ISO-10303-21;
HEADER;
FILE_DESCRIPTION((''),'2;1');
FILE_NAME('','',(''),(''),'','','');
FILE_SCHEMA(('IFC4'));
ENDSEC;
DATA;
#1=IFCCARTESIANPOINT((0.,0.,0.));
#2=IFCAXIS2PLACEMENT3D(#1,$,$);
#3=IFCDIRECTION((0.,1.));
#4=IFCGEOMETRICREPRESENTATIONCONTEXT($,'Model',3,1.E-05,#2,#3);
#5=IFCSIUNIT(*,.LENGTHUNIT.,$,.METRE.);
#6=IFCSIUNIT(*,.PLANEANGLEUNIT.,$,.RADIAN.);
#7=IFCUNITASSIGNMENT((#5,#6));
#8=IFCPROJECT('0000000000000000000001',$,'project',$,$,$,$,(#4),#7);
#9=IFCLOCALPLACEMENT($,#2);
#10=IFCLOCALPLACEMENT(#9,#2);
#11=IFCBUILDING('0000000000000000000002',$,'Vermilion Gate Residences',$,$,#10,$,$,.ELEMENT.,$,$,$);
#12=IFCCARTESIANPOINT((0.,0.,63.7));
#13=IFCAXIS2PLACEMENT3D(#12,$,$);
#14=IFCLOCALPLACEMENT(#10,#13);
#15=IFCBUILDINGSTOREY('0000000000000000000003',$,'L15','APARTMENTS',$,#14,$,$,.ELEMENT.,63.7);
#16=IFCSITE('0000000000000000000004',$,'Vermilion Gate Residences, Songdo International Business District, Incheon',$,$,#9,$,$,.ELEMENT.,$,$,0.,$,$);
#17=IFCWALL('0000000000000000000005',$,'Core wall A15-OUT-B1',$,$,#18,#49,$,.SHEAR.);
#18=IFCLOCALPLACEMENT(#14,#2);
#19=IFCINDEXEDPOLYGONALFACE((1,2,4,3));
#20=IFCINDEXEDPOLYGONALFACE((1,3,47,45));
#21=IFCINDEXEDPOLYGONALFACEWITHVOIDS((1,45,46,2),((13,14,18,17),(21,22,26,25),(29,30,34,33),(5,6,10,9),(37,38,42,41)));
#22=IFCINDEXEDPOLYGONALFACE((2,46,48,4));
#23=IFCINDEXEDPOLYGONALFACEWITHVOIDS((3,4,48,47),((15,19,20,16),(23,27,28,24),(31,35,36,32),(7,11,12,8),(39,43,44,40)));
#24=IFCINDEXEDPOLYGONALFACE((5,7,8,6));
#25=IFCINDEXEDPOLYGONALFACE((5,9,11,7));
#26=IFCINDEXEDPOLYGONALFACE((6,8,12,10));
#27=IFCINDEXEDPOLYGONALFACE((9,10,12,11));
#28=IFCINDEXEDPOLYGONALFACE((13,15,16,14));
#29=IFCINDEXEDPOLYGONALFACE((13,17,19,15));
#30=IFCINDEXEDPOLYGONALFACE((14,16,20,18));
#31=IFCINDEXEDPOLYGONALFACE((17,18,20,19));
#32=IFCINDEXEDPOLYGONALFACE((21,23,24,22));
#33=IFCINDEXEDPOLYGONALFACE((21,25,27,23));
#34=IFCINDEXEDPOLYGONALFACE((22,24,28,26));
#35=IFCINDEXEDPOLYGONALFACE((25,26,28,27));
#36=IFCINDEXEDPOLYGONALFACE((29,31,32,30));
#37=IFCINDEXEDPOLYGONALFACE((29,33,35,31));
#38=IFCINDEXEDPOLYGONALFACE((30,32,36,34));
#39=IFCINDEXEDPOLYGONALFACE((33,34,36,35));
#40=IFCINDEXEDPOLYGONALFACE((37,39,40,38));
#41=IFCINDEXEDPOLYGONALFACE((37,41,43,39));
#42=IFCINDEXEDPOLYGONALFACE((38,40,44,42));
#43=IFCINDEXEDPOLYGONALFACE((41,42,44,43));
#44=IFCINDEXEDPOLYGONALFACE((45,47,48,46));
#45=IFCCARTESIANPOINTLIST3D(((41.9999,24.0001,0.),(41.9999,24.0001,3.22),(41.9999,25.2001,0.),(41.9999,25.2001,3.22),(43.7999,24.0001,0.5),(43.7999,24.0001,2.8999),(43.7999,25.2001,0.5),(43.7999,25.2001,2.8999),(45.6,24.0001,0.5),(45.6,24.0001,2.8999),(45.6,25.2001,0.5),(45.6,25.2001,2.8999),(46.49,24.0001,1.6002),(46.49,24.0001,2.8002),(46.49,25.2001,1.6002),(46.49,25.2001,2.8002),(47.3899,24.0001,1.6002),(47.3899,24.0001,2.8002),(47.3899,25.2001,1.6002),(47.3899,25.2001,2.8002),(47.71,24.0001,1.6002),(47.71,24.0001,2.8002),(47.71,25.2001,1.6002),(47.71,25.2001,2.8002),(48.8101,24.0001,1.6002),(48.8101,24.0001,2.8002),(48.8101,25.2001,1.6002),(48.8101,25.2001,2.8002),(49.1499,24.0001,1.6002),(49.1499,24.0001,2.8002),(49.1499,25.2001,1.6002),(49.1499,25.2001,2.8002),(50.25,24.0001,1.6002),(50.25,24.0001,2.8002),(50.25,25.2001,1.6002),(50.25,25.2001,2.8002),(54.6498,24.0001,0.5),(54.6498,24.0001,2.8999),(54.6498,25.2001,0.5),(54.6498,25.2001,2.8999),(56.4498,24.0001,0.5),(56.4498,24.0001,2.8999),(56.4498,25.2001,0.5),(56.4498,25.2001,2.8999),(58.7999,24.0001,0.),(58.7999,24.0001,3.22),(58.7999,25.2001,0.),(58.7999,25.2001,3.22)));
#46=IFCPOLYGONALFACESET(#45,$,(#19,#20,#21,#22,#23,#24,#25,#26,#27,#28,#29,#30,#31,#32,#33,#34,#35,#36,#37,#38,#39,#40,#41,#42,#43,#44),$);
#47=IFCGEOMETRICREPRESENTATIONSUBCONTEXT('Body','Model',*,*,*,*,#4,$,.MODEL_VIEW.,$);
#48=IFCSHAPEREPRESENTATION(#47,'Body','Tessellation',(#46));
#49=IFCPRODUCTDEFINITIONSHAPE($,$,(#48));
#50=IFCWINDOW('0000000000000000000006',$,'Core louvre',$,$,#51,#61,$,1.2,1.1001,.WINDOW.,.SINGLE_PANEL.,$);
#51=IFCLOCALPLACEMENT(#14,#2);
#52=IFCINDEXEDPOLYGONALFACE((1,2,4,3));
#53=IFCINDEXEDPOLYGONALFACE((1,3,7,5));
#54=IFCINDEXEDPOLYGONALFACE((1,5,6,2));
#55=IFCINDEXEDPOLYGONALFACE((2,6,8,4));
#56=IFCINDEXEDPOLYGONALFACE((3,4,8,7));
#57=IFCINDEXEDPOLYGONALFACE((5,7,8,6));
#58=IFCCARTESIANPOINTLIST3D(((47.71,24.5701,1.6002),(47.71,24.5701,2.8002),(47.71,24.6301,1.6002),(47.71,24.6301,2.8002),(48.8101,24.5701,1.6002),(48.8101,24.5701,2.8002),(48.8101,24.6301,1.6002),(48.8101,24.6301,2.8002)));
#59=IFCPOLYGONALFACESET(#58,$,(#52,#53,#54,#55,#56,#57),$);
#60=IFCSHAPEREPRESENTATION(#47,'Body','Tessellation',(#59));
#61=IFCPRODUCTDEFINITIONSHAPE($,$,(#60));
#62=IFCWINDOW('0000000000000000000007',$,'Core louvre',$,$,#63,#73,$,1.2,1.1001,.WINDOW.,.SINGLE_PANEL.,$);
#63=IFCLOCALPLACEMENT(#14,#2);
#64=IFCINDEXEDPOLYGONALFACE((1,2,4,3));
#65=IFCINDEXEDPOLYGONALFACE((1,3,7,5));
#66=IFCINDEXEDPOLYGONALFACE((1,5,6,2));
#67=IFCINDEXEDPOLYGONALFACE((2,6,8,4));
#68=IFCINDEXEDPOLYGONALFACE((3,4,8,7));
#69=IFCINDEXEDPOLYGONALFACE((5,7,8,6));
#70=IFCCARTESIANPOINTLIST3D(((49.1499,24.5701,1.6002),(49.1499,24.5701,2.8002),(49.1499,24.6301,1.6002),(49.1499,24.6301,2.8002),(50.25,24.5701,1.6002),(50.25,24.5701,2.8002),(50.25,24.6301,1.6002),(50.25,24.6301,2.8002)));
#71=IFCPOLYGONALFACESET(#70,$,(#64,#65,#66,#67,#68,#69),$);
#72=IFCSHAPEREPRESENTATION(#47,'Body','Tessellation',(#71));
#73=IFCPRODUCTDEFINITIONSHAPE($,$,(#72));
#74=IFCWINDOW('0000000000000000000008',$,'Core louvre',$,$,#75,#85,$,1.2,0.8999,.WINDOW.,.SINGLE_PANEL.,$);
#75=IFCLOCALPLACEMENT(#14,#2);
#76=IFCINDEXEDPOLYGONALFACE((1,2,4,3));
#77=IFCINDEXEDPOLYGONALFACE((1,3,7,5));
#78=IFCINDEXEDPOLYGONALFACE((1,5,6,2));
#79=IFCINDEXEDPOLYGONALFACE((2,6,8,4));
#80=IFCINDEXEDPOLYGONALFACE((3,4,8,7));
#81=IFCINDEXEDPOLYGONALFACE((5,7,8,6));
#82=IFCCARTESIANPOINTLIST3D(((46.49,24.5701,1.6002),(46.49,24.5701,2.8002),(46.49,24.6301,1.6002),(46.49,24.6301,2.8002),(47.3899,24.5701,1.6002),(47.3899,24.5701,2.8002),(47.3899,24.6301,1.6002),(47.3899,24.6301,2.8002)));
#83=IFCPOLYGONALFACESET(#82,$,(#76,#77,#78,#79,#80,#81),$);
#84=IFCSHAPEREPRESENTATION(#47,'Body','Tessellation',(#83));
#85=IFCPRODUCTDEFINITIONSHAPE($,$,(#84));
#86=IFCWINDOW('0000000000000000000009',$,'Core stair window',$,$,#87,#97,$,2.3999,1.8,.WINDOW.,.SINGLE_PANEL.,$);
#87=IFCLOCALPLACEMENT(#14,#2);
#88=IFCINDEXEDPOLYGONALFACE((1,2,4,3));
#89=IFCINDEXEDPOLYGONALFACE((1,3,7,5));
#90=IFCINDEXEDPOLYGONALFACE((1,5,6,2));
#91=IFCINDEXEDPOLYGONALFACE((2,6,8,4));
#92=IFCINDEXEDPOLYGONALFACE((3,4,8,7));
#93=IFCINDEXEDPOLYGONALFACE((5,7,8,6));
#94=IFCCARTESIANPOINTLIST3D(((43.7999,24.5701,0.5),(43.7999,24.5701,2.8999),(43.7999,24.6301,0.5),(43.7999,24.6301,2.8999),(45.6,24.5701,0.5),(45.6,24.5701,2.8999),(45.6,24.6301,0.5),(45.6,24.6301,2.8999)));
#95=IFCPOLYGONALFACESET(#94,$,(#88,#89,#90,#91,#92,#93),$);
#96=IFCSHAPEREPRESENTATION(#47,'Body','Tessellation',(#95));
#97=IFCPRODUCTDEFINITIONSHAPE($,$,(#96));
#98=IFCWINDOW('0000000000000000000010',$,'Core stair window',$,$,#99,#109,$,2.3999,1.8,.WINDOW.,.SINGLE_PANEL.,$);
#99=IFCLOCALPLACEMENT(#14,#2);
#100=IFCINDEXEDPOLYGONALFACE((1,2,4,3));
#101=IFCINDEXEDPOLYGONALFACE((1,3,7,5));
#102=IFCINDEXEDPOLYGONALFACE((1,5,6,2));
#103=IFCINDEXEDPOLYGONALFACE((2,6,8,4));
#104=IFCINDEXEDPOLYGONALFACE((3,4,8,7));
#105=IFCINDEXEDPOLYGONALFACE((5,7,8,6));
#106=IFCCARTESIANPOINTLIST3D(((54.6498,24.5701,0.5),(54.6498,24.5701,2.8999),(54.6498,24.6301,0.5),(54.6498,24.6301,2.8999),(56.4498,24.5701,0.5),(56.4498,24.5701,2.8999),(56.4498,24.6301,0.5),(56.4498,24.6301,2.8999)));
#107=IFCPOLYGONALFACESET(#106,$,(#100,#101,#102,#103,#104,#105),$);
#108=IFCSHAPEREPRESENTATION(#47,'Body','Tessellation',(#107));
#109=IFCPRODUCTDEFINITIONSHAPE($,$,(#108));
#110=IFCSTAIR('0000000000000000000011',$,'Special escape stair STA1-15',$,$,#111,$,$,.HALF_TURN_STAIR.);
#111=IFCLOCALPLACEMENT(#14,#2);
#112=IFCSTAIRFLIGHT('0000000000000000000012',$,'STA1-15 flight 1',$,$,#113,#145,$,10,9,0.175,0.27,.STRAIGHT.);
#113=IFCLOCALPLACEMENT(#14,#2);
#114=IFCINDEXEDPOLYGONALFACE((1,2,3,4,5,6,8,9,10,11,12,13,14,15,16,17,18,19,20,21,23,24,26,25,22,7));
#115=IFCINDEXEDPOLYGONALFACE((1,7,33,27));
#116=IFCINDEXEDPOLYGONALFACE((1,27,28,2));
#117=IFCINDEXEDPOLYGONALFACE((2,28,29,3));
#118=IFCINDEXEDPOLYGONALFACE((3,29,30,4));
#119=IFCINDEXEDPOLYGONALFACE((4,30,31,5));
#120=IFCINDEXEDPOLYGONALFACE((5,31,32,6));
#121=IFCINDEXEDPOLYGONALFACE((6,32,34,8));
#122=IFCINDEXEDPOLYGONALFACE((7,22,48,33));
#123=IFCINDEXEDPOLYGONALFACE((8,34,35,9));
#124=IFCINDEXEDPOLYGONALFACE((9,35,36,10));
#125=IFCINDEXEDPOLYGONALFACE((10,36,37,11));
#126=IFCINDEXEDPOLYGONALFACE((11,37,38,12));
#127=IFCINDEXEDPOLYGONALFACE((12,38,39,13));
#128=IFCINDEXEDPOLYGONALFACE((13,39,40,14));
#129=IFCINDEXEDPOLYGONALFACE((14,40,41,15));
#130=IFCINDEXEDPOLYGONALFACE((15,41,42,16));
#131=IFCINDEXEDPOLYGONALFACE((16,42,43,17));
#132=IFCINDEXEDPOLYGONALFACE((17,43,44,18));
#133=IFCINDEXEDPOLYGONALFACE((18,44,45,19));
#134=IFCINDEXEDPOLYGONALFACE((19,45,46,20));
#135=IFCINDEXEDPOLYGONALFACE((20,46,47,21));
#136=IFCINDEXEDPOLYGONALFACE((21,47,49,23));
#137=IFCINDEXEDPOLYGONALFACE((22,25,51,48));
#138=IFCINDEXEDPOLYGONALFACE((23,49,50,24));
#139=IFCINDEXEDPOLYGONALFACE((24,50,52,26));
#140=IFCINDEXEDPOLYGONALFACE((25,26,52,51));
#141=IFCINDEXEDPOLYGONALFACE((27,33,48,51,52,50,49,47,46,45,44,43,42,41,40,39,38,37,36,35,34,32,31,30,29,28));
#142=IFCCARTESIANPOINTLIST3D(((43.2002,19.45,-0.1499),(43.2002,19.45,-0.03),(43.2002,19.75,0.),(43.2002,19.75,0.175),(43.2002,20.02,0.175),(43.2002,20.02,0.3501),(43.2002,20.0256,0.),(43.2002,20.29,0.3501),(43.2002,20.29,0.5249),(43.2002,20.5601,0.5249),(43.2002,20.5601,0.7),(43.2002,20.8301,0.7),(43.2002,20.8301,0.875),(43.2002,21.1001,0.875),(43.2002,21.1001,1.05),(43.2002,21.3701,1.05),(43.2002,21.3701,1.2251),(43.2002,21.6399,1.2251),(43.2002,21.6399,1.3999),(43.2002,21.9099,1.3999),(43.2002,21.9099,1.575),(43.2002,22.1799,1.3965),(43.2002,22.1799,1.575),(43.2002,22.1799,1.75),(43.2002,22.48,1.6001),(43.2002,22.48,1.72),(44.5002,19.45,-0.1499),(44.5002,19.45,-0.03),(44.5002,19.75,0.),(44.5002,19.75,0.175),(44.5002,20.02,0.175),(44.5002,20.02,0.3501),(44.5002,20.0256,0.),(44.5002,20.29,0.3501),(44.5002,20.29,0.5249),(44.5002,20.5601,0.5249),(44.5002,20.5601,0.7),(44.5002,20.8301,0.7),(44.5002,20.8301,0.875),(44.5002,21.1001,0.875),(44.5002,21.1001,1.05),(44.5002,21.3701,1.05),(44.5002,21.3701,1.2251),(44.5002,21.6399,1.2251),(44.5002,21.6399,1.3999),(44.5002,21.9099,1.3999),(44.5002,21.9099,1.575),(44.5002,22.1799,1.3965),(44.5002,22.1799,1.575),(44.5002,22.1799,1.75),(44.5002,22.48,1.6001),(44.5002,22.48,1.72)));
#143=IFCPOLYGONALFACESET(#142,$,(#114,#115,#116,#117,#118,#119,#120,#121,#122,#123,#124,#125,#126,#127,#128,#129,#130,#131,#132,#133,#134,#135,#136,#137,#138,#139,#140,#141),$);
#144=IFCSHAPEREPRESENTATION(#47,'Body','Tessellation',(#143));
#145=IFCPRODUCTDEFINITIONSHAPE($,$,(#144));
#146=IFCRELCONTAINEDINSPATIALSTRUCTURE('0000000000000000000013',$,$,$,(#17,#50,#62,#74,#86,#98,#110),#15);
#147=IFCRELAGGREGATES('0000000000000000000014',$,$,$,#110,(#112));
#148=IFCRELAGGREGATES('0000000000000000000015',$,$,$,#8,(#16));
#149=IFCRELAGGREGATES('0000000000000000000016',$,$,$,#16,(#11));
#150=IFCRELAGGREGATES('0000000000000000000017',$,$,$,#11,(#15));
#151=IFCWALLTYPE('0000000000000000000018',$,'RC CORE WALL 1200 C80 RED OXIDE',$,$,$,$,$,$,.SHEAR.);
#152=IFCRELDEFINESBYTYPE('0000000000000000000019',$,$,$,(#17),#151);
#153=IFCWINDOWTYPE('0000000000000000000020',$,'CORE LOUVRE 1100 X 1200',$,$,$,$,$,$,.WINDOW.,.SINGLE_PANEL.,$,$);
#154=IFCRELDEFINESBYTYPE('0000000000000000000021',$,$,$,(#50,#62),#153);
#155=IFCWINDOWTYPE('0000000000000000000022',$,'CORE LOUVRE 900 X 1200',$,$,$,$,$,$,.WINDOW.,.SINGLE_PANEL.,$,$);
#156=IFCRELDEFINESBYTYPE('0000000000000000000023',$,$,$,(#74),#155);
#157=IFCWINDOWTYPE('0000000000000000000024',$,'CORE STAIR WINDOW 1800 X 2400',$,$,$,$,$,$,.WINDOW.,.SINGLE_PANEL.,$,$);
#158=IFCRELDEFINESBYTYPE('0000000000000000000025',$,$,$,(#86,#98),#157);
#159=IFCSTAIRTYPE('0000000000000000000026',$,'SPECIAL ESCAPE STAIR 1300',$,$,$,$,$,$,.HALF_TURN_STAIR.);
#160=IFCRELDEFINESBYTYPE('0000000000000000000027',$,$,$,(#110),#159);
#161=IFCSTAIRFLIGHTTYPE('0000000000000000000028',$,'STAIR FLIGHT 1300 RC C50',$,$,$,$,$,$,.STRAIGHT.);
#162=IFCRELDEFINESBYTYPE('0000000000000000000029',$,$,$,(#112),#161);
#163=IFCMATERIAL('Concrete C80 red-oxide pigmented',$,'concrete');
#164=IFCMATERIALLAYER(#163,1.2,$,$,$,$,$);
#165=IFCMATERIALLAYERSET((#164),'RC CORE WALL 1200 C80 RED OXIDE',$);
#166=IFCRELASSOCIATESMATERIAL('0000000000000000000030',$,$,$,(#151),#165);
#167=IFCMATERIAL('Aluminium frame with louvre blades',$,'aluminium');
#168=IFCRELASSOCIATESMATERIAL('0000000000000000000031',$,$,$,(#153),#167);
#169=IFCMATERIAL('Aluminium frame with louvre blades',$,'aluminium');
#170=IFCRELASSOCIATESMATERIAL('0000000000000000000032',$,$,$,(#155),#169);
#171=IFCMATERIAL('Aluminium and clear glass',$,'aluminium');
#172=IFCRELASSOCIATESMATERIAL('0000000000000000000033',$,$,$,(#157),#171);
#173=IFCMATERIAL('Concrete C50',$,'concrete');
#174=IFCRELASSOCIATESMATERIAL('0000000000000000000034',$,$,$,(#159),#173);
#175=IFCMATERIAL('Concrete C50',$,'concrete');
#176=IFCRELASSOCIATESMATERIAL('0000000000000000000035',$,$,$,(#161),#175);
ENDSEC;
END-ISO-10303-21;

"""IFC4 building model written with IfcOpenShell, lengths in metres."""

from ifc_helpers import new_model, si_unit, direction, frame, frame_2d, origin, place, context, subcontext, project, spatial, polyline, rectangle, outline, extrude, material, layer, layer_set, type_object, element, fill, aggregate, save


model = new_model("IFC4")

# Units and contexts
model_context = context("Model", 3, precision=1e-05, world=origin(), true_north=direction((0.0, 1.0)))
body_context = subcontext(model_context, "Body", "Model", "MODEL_VIEW")
ifc_project = project(units=[si_unit("LENGTHUNIT", "METRE"), si_unit("PLANEANGLEUNIT", "RADIAN")], contexts=[model_context])

# Site, building, storey
site_placement = place(None, origin())
site = spatial("IfcSite", under=ifc_project, at=site_placement, Name="Vermilion Gate Residences, Songdo International Business District, Incheon", CompositionType="ELEMENT", RefElevation=0.0)
building_placement = place(site_placement, origin())
building = spatial("IfcBuilding", under=site, at=building_placement, Name="Vermilion Gate Residences", CompositionType="ELEMENT")
storey_placement = place(building_placement, frame((0.0, 0.0, 63.7)))
storey = spatial("IfcBuildingStorey", under=building, at=storey_placement, Name="L15", Description="APARTMENTS", CompositionType="ELEMENT", Elevation=63.7)

# Wall, openings, windows
ifc_material_1 = material(Name="Concrete C80 red-oxide pigmented", Category="concrete")
ifc_layer_1 = layer(ifc_material_1, 1.2)
ifc_layer_set_1 = layer_set([ifc_layer_1], Name="RC CORE WALL 1200 C80 RED OXIDE")
wall_type_1 = type_object("IfcWallType", Name="RC CORE WALL 1200 C80 RED OXIDE", PredefinedType="SHEAR", material=ifc_layer_set_1)
wall_1_placement = place(storey_placement, frame((42.0, 24.6001, 0.0), z_axis=(0.0, 0.0, 1.0), x_axis=(1.0, 0.0, 0.0)))
wall_1 = element("IfcWall", 1, at=wall_1_placement, inside=storey, type_object=wall_type_1, Name="Core wall A15-OUT-B1", PredefinedType="SHEAR", context=body_context, shape_type="SweptSolid", body=[
    extrude(rectangle(XDim=16.8, YDim=1.2, at=frame_2d((8.3999, 0.0))), origin(), (0.0, 0.0, 1.0), 3.22),
])
opening_1_placement = place(wall_1_placement, frame((1.8, 0.0, 0.5)))
opening_1 = element("IfcOpeningElement", 2, at=opening_1_placement, cuts=wall_1, PredefinedType="OPENING", context=body_context, shape_type="SweptSolid", body=[
    extrude(rectangle(XDim=1.8, YDim=2.3999, at=frame_2d((0.8999, 1.2))), frame((0.0, 0.6099, 0.0), z_axis=(0.0, -1.0, 0.0), x_axis=(1.0, 0.0, 0.0)), (0.0, 0.0, 1.0), 1.22),
])
opening_2_placement = place(wall_1_placement, frame((4.49, 0.0, 1.6001)))
opening_2 = element("IfcOpeningElement", 3, at=opening_2_placement, cuts=wall_1, PredefinedType="OPENING", context=body_context, shape_type="SweptSolid", body=[
    extrude(rectangle(XDim=0.8999, YDim=1.2, at=frame_2d((0.45, 0.6001))), frame((0.0, 0.6099, 0.0), z_axis=(0.0, -1.0, 0.0), x_axis=(1.0, 0.0, 0.0)), (0.0, 0.0, 1.0), 1.22),
])
opening_3_placement = place(wall_1_placement, frame((5.71, 0.0, 1.6001)))
opening_3 = element("IfcOpeningElement", 4, at=opening_3_placement, cuts=wall_1, PredefinedType="OPENING", context=body_context, shape_type="SweptSolid", body=[
    extrude(rectangle(XDim=1.1001, YDim=1.2, at=frame_2d((0.55, 0.6001))), frame((0.0, 0.6099, 0.0), z_axis=(0.0, -1.0, 0.0), x_axis=(1.0, 0.0, 0.0)), (0.0, 0.0, 1.0), 1.22),
])
opening_4_placement = place(wall_1_placement, frame((7.1499, 0.0, 1.6001)))
opening_4 = element("IfcOpeningElement", 5, at=opening_4_placement, cuts=wall_1, PredefinedType="OPENING", context=body_context, shape_type="SweptSolid", body=[
    extrude(rectangle(XDim=1.1001, YDim=1.2, at=frame_2d((0.55, 0.6001))), frame((0.0, 0.6099, 0.0), z_axis=(0.0, -1.0, 0.0), x_axis=(1.0, 0.0, 0.0)), (0.0, 0.0, 1.0), 1.22),
])
opening_5_placement = place(wall_1_placement, frame((12.6499, 0.0, 0.5)))
opening_5 = element("IfcOpeningElement", 6, at=opening_5_placement, cuts=wall_1, PredefinedType="OPENING", context=body_context, shape_type="SweptSolid", body=[
    extrude(rectangle(XDim=1.8, YDim=2.3999, at=frame_2d((0.8999, 1.2))), frame((0.0, 0.6099, 0.0), z_axis=(0.0, -1.0, 0.0), x_axis=(1.0, 0.0, 0.0)), (0.0, 0.0, 1.0), 1.22),
])
ifc_material_2 = material(Name="Aluminium frame with louvre blades", Category="aluminium")
window_type_1 = type_object("IfcWindowType", Name="CORE LOUVRE 1100 X 1200", PartitioningType="SINGLE_PANEL", PredefinedType="WINDOW", material=ifc_material_2)
window_1_placement = place(opening_3_placement, origin())
window_1 = element("IfcWindow", 7, at=window_1_placement, inside=storey, type_object=window_type_1, Name="Core louvre", OverallHeight=1.2, OverallWidth=1.1001, PartitioningType="SINGLE_PANEL", PredefinedType="WINDOW", context=body_context, shape_type="SweptSolid", body=[
    extrude(rectangle(XDim=1.1001, YDim=1.2, at=frame_2d((0.55, 0.6001))), frame((0.0, 0.03, 0.0), z_axis=(0.0, -1.0, 0.0), x_axis=(1.0, 0.0, 0.0)), (0.0, 0.0, 1.0), 0.0601),
])
fill(opening_3, window_1)
window_2_placement = place(opening_4_placement, origin())
window_2 = element("IfcWindow", 8, at=window_2_placement, inside=storey, type_object=window_type_1, Name="Core louvre", OverallHeight=1.2, OverallWidth=1.1001, PartitioningType="SINGLE_PANEL", PredefinedType="WINDOW", context=body_context, shape_type="SweptSolid", body=[
    extrude(rectangle(XDim=1.1001, YDim=1.2, at=frame_2d((0.55, 0.6001))), frame((0.0, 0.03, 0.0), z_axis=(0.0, -1.0, 0.0), x_axis=(1.0, 0.0, 0.0)), (0.0, 0.0, 1.0), 0.0601),
])
fill(opening_4, window_2)
ifc_material_3 = material(Name="Aluminium frame with louvre blades", Category="aluminium")
window_type_2 = type_object("IfcWindowType", Name="CORE LOUVRE 900 X 1200", PartitioningType="SINGLE_PANEL", PredefinedType="WINDOW", material=ifc_material_3)
window_3_placement = place(opening_2_placement, origin())
window_3 = element("IfcWindow", 9, at=window_3_placement, inside=storey, type_object=window_type_2, Name="Core louvre", OverallHeight=1.2, OverallWidth=0.8999, PartitioningType="SINGLE_PANEL", PredefinedType="WINDOW", context=body_context, shape_type="SweptSolid", body=[
    extrude(rectangle(XDim=0.8999, YDim=1.2, at=frame_2d((0.45, 0.6001))), frame((0.0, 0.03, 0.0), z_axis=(0.0, -1.0, 0.0), x_axis=(1.0, 0.0, 0.0)), (0.0, 0.0, 1.0), 0.0601),
])
fill(opening_2, window_3)
ifc_material_4 = material(Name="Aluminium and clear glass", Category="aluminium")
window_type_3 = type_object("IfcWindowType", Name="CORE STAIR WINDOW 1800 X 2400", PartitioningType="SINGLE_PANEL", PredefinedType="WINDOW", material=ifc_material_4)
window_4_placement = place(opening_1_placement, origin())
window_4 = element("IfcWindow", 10, at=window_4_placement, inside=storey, type_object=window_type_3, Name="Core stair window", OverallHeight=2.3999, OverallWidth=1.8, PartitioningType="SINGLE_PANEL", PredefinedType="WINDOW", context=body_context, shape_type="SweptSolid", body=[
    extrude(rectangle(XDim=1.8, YDim=2.3999, at=frame_2d((0.8999, 1.2))), frame((0.0, 0.03, 0.0), z_axis=(0.0, -1.0, 0.0), x_axis=(1.0, 0.0, 0.0)), (0.0, 0.0, 1.0), 0.0601),
])
fill(opening_1, window_4)
window_5_placement = place(opening_5_placement, origin())
window_5 = element("IfcWindow", 11, at=window_5_placement, inside=storey, type_object=window_type_3, Name="Core stair window", OverallHeight=2.3999, OverallWidth=1.8, PartitioningType="SINGLE_PANEL", PredefinedType="WINDOW", context=body_context, shape_type="SweptSolid", body=[
    extrude(rectangle(XDim=1.8, YDim=2.3999, at=frame_2d((0.8999, 1.2))), frame((0.0, 0.03, 0.0), z_axis=(0.0, -1.0, 0.0), x_axis=(1.0, 0.0, 0.0)), (0.0, 0.0, 1.0), 0.0601),
])
fill(opening_5, window_5)

# Stair, stair flight
ifc_material_5 = material(Name="Concrete C50", Category="concrete")
stair_type = type_object("IfcStairType", Name="SPECIAL ESCAPE STAIR 1300", PredefinedType="HALF_TURN_STAIR", material=ifc_material_5)
stair_placement = place(storey_placement, origin())
stair = element("IfcStair", 12, at=stair_placement, inside=storey, type_object=stair_type, Name="Special escape stair STA1-15", PredefinedType="HALF_TURN_STAIR")
ifc_material_6 = material(Name="Concrete C50", Category="concrete")
stair_flight_type = type_object("IfcStairFlightType", Name="STAIR FLIGHT 1300 RC C50", PredefinedType="STRAIGHT", material=ifc_material_6)
stair_flight_1_placement = place(storey_placement, frame((43.8501, 19.75, 0.0), z_axis=(0.0, 0.0, 1.0), x_axis=(0.0, 1.0, 0.0)))
stair_flight_1 = element("IfcStairFlight", 13, at=stair_flight_1_placement, type_object=stair_flight_type, Name="STA1-15 flight 1", NumberOfRisers=10, NumberOfTreads=9, PredefinedType="STRAIGHT", RiserHeight=0.175, TreadLength=0.27, context=body_context, shape_type="SweptSolid", body=[
    extrude(outline(polyline([(-0.3, -0.1499), (-0.3, -0.03), (0.0, 0.0), (0.0, 0.175), (0.27, 0.175), (0.27, 0.3501), (0.54, 0.3501), (0.54, 0.5249), (0.8101, 0.5249), (0.8101, 0.7), (1.0801, 0.7), (1.0801, 0.875), (1.3501, 0.875), (1.3501, 1.05), (1.6201, 1.05), (1.6201, 1.2251), (1.8899, 1.2251), (1.8899, 1.3999), (2.1599, 1.3999), (2.1599, 1.575), (2.4299, 1.575), (2.4299, 1.75), (2.73, 1.72), (2.73, 1.6001), (2.4299, 1.3965), (0.2756, 0.0), (-0.3, -0.1499)])), frame((0.0, 0.6499, 0.0), z_axis=(0.0, -1.0, 0.0), x_axis=(1.0, 0.0, 0.0)), (0.0, 0.0, 1.0), 1.3),
])
aggregate(stair, [stair_flight_1])

save(model, "model.ifc")
